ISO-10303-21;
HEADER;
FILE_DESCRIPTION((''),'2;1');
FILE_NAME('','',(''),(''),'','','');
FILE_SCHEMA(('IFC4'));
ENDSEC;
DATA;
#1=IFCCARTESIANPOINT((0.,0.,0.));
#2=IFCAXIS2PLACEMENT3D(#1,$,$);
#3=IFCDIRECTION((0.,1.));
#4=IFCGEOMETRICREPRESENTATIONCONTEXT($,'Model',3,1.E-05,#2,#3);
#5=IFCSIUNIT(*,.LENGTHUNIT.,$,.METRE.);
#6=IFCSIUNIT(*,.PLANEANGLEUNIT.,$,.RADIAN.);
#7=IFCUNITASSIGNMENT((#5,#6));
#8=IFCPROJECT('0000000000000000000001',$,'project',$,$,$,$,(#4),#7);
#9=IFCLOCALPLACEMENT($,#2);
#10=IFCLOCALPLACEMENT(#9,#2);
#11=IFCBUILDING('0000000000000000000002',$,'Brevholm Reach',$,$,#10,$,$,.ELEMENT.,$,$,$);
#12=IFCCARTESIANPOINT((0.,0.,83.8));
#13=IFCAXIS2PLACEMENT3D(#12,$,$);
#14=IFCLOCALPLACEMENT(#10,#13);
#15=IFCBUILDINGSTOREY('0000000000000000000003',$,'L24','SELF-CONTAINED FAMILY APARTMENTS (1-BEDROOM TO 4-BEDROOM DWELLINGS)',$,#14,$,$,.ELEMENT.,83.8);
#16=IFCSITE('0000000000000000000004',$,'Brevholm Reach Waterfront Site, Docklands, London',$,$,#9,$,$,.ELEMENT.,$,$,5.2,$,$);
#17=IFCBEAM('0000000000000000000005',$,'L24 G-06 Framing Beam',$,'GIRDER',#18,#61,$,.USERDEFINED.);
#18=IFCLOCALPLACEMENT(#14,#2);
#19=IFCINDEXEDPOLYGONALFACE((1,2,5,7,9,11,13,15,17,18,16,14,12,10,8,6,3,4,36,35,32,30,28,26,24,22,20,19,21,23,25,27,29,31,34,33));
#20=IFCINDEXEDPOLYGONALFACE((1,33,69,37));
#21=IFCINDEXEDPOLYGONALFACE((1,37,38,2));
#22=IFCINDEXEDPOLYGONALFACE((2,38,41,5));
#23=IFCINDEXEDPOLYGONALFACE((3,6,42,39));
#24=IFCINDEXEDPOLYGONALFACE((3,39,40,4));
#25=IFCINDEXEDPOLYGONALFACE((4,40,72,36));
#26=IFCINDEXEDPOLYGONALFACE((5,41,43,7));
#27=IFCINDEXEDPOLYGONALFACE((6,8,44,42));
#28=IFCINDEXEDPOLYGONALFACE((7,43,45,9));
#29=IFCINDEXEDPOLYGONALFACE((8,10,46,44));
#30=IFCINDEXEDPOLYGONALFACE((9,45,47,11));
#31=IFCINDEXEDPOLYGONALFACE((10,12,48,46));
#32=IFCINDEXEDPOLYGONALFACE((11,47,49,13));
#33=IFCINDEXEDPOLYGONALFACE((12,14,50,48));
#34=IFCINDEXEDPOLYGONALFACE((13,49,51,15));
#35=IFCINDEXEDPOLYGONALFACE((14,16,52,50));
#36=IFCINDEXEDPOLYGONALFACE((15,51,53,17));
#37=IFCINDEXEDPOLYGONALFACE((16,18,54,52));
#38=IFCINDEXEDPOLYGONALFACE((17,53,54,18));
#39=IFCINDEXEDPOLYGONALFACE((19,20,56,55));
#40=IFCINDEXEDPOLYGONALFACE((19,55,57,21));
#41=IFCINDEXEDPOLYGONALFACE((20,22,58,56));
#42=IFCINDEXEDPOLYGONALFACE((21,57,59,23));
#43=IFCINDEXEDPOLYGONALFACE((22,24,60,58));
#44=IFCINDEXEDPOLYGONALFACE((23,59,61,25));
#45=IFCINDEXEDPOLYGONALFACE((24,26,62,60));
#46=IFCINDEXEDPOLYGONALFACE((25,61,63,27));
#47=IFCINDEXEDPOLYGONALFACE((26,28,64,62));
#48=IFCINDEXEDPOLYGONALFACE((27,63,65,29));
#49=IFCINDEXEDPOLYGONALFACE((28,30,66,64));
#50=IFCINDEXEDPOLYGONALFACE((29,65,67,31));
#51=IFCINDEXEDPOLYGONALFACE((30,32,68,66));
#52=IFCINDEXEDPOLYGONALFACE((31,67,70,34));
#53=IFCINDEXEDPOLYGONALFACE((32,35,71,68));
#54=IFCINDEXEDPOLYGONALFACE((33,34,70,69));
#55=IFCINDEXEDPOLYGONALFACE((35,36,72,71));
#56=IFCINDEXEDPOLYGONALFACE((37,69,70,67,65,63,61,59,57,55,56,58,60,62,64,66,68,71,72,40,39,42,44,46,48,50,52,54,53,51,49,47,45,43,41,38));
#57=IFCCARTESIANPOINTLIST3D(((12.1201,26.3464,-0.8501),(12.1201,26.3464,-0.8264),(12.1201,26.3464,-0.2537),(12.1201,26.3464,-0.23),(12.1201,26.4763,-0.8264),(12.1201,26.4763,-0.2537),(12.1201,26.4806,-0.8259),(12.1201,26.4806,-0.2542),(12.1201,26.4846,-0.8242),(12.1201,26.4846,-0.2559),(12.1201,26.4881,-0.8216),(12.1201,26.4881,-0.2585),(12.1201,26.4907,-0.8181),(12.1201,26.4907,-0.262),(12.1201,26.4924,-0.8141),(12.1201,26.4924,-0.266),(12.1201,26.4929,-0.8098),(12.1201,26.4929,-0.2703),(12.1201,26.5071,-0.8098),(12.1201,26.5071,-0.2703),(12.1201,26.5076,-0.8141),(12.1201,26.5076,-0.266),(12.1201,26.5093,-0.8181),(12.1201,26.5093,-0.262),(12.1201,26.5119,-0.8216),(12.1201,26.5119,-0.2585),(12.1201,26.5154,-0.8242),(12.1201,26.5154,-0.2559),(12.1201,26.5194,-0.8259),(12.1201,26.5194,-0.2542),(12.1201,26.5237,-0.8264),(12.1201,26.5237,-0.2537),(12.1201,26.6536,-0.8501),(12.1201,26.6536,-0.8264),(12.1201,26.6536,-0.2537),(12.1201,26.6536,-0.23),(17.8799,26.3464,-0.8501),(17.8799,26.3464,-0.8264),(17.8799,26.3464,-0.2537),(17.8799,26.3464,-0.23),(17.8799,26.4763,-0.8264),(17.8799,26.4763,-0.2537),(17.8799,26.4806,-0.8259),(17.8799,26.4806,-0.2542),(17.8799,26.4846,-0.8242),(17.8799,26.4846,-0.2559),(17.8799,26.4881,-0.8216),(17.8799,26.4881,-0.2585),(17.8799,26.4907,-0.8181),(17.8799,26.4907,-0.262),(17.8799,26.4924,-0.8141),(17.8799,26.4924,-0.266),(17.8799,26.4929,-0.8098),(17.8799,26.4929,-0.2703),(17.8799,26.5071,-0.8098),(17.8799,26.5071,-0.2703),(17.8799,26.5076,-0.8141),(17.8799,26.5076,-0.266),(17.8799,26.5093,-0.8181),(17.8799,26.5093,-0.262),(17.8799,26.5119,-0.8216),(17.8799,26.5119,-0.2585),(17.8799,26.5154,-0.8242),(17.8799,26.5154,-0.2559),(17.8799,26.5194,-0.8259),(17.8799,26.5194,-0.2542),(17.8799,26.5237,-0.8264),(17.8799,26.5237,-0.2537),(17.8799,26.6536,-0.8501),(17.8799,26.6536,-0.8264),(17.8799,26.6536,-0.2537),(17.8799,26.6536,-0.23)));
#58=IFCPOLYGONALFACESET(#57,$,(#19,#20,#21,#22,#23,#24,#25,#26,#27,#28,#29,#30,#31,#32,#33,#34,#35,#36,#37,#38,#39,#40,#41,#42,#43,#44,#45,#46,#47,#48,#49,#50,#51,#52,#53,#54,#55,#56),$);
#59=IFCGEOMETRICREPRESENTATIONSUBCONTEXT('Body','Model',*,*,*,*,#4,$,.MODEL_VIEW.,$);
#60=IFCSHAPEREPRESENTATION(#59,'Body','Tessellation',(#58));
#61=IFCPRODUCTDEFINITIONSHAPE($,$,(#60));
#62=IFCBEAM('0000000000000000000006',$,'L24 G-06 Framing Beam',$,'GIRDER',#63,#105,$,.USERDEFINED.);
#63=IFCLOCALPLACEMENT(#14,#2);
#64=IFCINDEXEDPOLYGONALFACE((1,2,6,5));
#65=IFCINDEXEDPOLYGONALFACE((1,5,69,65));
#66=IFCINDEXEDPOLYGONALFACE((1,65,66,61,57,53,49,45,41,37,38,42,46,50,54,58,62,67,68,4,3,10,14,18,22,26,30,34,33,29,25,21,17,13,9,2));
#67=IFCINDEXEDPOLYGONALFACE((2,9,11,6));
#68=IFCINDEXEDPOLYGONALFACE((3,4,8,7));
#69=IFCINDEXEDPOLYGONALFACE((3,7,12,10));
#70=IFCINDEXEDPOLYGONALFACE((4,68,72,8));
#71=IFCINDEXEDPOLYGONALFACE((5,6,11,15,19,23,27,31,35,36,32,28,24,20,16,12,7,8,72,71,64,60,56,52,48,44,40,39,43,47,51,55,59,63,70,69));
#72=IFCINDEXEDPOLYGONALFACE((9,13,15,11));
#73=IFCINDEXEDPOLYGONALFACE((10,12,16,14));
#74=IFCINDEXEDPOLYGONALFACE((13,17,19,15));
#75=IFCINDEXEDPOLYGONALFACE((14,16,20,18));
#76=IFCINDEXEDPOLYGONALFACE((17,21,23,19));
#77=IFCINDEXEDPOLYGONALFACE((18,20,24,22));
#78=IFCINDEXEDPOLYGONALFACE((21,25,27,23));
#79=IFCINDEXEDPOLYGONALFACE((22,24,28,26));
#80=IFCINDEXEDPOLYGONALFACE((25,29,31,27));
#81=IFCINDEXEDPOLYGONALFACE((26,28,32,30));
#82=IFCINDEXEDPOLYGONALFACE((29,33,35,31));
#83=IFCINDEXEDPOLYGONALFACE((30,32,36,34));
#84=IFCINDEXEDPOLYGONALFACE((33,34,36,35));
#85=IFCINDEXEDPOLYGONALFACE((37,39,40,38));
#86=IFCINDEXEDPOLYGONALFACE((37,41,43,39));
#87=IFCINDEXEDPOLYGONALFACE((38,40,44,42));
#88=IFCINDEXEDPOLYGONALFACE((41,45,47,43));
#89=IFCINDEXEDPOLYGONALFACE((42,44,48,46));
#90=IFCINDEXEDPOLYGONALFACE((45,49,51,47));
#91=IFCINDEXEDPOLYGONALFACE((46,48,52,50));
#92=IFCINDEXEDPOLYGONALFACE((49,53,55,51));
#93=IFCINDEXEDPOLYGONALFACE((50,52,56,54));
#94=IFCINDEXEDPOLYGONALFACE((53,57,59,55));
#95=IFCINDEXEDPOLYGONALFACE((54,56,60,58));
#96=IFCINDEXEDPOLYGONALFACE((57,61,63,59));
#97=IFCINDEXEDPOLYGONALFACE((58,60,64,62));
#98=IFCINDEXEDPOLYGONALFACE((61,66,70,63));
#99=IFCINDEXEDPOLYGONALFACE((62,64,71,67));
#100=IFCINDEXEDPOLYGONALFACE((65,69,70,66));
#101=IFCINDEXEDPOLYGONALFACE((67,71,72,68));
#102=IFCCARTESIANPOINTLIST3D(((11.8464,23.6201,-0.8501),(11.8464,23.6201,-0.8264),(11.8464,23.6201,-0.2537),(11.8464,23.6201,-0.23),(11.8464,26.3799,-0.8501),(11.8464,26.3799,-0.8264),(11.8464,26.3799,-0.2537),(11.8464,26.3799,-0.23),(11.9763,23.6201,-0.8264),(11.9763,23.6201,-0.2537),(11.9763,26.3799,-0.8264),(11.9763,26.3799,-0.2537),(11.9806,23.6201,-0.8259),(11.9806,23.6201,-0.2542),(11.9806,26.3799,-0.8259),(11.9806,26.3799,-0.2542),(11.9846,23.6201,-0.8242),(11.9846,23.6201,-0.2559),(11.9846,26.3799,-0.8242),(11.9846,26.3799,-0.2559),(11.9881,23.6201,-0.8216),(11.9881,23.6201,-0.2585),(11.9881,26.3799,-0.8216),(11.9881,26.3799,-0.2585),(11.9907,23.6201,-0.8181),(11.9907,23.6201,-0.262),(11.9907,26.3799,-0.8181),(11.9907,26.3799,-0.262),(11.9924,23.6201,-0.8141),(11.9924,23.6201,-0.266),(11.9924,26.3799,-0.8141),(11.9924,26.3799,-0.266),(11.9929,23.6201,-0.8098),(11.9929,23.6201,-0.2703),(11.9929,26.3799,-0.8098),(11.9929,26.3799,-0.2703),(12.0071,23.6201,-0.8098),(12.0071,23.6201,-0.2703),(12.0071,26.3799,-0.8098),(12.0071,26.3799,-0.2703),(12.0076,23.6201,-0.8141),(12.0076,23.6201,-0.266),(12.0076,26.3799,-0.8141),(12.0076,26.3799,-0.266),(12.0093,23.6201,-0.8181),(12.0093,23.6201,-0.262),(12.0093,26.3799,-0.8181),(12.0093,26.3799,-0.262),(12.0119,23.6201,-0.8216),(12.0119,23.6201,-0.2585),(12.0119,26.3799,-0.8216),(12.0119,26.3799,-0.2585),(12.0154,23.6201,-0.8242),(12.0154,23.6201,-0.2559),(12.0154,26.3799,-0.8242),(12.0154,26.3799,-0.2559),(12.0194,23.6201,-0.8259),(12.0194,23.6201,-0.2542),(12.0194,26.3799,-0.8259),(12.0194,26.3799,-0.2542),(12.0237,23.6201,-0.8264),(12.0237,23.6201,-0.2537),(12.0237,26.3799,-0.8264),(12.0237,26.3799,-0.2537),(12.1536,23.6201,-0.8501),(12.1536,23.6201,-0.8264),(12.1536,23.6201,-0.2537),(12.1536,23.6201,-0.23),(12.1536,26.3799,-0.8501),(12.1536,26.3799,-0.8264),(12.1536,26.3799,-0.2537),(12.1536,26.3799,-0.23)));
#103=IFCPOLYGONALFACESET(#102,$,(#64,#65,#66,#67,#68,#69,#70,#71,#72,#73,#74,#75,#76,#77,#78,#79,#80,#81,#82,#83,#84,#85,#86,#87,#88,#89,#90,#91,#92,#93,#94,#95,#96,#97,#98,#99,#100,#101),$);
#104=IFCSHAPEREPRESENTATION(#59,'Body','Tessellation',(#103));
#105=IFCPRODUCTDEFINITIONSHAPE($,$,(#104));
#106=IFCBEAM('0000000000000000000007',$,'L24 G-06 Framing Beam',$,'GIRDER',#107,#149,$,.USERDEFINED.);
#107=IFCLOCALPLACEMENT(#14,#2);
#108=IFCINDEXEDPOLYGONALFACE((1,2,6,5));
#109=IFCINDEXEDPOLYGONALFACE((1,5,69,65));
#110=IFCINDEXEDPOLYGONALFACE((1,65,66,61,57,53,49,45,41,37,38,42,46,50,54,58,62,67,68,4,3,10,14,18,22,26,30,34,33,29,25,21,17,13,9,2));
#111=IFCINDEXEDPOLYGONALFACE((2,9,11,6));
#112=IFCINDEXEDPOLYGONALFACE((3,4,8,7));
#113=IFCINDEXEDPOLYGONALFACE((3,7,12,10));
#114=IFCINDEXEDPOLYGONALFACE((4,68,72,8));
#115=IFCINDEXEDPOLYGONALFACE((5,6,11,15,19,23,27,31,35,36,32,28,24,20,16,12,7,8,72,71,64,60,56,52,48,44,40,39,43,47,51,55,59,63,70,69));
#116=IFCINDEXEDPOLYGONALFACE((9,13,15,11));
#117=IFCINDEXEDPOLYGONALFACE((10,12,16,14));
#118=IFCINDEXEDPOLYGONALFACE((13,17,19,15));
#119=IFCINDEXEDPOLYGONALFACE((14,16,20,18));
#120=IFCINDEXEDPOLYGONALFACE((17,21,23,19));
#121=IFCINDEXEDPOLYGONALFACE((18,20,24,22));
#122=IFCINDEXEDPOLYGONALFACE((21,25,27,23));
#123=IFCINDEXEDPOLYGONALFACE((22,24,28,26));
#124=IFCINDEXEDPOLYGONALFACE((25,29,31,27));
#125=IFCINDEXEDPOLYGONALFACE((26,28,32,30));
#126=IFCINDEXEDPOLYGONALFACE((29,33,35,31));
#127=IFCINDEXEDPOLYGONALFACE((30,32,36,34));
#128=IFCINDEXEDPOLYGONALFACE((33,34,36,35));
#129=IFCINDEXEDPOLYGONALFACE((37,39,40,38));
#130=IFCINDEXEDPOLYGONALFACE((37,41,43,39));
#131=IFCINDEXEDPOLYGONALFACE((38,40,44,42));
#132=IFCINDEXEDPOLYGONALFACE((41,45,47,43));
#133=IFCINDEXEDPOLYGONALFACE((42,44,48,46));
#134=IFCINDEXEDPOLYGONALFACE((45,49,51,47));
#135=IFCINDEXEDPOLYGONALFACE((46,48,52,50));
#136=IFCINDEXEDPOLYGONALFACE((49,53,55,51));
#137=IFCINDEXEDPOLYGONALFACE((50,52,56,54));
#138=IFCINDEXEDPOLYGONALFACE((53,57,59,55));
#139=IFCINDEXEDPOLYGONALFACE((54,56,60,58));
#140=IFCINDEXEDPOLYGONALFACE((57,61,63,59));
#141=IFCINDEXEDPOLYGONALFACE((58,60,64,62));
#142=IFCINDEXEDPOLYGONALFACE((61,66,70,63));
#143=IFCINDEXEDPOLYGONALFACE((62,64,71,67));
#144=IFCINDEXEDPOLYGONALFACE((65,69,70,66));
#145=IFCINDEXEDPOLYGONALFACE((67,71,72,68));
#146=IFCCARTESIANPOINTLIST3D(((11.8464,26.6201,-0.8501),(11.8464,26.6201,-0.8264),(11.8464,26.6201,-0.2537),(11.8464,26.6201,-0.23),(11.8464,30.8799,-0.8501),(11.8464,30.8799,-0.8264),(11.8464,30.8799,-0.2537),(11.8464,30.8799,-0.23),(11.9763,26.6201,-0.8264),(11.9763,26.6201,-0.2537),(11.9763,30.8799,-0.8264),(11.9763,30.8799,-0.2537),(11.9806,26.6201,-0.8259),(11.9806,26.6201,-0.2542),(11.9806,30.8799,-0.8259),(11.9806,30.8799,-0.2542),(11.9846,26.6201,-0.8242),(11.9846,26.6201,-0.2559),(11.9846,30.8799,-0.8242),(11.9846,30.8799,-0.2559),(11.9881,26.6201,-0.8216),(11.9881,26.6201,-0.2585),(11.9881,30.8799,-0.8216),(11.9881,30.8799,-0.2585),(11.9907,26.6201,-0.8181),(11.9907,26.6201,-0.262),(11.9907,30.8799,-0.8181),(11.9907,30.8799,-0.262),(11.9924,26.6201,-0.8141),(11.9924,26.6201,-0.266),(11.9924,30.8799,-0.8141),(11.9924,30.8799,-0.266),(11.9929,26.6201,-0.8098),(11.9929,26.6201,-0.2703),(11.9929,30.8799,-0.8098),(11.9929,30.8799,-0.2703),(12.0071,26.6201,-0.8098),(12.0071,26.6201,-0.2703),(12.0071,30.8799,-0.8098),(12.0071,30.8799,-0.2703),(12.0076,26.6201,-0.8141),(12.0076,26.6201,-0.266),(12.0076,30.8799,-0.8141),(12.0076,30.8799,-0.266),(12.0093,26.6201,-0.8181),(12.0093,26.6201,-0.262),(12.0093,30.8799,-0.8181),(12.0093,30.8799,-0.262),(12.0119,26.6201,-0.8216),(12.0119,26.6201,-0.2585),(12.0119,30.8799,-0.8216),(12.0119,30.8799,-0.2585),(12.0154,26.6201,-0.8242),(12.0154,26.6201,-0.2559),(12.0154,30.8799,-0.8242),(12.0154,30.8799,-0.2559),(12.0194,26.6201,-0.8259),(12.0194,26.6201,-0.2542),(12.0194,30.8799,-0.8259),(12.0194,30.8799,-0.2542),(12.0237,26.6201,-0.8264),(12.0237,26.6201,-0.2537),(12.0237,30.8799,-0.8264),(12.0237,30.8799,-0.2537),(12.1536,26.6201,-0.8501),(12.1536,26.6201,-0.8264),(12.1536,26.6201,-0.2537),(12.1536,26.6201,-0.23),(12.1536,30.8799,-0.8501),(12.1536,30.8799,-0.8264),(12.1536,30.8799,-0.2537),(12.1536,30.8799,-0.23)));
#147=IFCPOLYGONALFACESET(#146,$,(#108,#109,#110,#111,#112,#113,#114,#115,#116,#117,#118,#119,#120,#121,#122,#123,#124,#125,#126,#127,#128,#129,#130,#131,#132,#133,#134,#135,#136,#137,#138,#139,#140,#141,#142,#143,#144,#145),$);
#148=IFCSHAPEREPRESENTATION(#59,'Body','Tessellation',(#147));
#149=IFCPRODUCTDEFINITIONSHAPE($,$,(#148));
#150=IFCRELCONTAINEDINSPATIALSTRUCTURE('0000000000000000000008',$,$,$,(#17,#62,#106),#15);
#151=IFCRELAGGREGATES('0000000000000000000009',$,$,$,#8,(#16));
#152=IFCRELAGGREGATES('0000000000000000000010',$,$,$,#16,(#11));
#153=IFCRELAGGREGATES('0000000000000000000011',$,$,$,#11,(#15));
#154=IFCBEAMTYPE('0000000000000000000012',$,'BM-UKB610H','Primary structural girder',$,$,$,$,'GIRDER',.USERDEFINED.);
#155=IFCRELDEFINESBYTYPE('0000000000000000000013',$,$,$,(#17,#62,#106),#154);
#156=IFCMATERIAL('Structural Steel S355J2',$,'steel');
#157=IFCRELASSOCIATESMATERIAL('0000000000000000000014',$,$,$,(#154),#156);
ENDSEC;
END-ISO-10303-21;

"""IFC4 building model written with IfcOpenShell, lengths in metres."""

from ifc_helpers import new_model, si_unit, direction, frame, origin, origin_2d, place, context, subcontext, project, spatial, i_section, extrude, material, material_profile, profile_set, type_object, element, save


model = new_model("IFC4")

# Units and contexts
model_context = context("Model", 3, precision=1e-05, world=origin(), true_north=direction((0.0, 1.0)))
body_context = subcontext(model_context, "Body", "Model", "MODEL_VIEW")
ifc_project = project(units=[si_unit("LENGTHUNIT", "METRE"), si_unit("PLANEANGLEUNIT", "RADIAN")], contexts=[model_context])

# Site, building, storey
site_placement = place(None, origin())
site = spatial("IfcSite", under=ifc_project, at=site_placement, Name="Brevholm Reach Waterfront Site, Docklands, London", CompositionType="ELEMENT", RefElevation=5.2)
building_placement = place(site_placement, origin())
building = spatial("IfcBuilding", under=site, at=building_placement, Name="Brevholm Reach", CompositionType="ELEMENT")
storey_placement = place(building_placement, frame((0.0, 0.0, 83.8)))
storey = spatial("IfcBuildingStorey", under=building, at=storey_placement, Name="L24", Description="SELF-CONTAINED FAMILY APARTMENTS (1-BEDROOM TO 4-BEDROOM DWELLINGS)", CompositionType="ELEMENT", Elevation=83.8)

# Beams
ifc_material_1 = material(Name="Structural Steel S355J2", Category="steel")
ifc_material_profile_1 = material_profile(ifc_material_1, i_section(OverallWidth=0.3071, OverallDepth=0.6201, WebThickness=0.0142, FlangeThickness=0.0237, FilletRadius=0.0166, at=origin_2d()), Name="UKB 610x305x179")
ifc_profile_set_1 = profile_set([ifc_material_profile_1], Name="Structural Steel S355J2")
beam_type_1 = type_object("IfcBeamType", Name="BM-UKB610H", Description="Primary structural girder", ElementType="GIRDER", PredefinedType="USERDEFINED", material=ifc_profile_set_1)
beam_1_placement = place(storey_placement, frame((12.1201, 26.5, -0.54), z_axis=(1.0, 0.0, 0.0), x_axis=(0.0, 1.0, 0.0)))
element("IfcBeam", 1, at=beam_1_placement, inside=storey, type_object=beam_type_1, Name="L24 G-06 Framing Beam", ObjectType="GIRDER", PredefinedType="USERDEFINED", context=body_context, shape_type="SweptSolid", body=[
    extrude(i_section(OverallWidth=0.3071, OverallDepth=0.6201, WebThickness=0.0142, FlangeThickness=0.0237, FilletRadius=0.0166, at=origin_2d()), origin(), (0.0, 0.0, 1.0), 5.7598),
])
beam_2_placement = place(storey_placement, frame((12.0, 23.6201, -0.54), z_axis=(0.0, 1.0, 0.0), x_axis=(-1.0, 0.0, 0.0)))
element("IfcBeam", 2, at=beam_2_placement, inside=storey, type_object=beam_type_1, Name="L24 G-06 Framing Beam", ObjectType="GIRDER", PredefinedType="USERDEFINED", context=body_context, shape_type="SweptSolid", body=[
    extrude(i_section(OverallWidth=0.3071, OverallDepth=0.6201, WebThickness=0.0142, FlangeThickness=0.0237, FilletRadius=0.0166, at=origin_2d()), origin(), (0.0, 0.0, 1.0), 2.7598),
])
beam_3_placement = place(storey_placement, frame((12.0, 26.6201, -0.54), z_axis=(0.0, 1.0, 0.0), x_axis=(-1.0, 0.0, 0.0)))
element("IfcBeam", 3, at=beam_3_placement, inside=storey, type_object=beam_type_1, Name="L24 G-06 Framing Beam", ObjectType="GIRDER", PredefinedType="USERDEFINED", context=body_context, shape_type="SweptSolid", body=[
    extrude(i_section(OverallWidth=0.3071, OverallDepth=0.6201, WebThickness=0.0142, FlangeThickness=0.0237, FilletRadius=0.0166, at=origin_2d()), origin(), (0.0, 0.0, 1.0), 4.2598),
])

save(model, "model.ifc")
